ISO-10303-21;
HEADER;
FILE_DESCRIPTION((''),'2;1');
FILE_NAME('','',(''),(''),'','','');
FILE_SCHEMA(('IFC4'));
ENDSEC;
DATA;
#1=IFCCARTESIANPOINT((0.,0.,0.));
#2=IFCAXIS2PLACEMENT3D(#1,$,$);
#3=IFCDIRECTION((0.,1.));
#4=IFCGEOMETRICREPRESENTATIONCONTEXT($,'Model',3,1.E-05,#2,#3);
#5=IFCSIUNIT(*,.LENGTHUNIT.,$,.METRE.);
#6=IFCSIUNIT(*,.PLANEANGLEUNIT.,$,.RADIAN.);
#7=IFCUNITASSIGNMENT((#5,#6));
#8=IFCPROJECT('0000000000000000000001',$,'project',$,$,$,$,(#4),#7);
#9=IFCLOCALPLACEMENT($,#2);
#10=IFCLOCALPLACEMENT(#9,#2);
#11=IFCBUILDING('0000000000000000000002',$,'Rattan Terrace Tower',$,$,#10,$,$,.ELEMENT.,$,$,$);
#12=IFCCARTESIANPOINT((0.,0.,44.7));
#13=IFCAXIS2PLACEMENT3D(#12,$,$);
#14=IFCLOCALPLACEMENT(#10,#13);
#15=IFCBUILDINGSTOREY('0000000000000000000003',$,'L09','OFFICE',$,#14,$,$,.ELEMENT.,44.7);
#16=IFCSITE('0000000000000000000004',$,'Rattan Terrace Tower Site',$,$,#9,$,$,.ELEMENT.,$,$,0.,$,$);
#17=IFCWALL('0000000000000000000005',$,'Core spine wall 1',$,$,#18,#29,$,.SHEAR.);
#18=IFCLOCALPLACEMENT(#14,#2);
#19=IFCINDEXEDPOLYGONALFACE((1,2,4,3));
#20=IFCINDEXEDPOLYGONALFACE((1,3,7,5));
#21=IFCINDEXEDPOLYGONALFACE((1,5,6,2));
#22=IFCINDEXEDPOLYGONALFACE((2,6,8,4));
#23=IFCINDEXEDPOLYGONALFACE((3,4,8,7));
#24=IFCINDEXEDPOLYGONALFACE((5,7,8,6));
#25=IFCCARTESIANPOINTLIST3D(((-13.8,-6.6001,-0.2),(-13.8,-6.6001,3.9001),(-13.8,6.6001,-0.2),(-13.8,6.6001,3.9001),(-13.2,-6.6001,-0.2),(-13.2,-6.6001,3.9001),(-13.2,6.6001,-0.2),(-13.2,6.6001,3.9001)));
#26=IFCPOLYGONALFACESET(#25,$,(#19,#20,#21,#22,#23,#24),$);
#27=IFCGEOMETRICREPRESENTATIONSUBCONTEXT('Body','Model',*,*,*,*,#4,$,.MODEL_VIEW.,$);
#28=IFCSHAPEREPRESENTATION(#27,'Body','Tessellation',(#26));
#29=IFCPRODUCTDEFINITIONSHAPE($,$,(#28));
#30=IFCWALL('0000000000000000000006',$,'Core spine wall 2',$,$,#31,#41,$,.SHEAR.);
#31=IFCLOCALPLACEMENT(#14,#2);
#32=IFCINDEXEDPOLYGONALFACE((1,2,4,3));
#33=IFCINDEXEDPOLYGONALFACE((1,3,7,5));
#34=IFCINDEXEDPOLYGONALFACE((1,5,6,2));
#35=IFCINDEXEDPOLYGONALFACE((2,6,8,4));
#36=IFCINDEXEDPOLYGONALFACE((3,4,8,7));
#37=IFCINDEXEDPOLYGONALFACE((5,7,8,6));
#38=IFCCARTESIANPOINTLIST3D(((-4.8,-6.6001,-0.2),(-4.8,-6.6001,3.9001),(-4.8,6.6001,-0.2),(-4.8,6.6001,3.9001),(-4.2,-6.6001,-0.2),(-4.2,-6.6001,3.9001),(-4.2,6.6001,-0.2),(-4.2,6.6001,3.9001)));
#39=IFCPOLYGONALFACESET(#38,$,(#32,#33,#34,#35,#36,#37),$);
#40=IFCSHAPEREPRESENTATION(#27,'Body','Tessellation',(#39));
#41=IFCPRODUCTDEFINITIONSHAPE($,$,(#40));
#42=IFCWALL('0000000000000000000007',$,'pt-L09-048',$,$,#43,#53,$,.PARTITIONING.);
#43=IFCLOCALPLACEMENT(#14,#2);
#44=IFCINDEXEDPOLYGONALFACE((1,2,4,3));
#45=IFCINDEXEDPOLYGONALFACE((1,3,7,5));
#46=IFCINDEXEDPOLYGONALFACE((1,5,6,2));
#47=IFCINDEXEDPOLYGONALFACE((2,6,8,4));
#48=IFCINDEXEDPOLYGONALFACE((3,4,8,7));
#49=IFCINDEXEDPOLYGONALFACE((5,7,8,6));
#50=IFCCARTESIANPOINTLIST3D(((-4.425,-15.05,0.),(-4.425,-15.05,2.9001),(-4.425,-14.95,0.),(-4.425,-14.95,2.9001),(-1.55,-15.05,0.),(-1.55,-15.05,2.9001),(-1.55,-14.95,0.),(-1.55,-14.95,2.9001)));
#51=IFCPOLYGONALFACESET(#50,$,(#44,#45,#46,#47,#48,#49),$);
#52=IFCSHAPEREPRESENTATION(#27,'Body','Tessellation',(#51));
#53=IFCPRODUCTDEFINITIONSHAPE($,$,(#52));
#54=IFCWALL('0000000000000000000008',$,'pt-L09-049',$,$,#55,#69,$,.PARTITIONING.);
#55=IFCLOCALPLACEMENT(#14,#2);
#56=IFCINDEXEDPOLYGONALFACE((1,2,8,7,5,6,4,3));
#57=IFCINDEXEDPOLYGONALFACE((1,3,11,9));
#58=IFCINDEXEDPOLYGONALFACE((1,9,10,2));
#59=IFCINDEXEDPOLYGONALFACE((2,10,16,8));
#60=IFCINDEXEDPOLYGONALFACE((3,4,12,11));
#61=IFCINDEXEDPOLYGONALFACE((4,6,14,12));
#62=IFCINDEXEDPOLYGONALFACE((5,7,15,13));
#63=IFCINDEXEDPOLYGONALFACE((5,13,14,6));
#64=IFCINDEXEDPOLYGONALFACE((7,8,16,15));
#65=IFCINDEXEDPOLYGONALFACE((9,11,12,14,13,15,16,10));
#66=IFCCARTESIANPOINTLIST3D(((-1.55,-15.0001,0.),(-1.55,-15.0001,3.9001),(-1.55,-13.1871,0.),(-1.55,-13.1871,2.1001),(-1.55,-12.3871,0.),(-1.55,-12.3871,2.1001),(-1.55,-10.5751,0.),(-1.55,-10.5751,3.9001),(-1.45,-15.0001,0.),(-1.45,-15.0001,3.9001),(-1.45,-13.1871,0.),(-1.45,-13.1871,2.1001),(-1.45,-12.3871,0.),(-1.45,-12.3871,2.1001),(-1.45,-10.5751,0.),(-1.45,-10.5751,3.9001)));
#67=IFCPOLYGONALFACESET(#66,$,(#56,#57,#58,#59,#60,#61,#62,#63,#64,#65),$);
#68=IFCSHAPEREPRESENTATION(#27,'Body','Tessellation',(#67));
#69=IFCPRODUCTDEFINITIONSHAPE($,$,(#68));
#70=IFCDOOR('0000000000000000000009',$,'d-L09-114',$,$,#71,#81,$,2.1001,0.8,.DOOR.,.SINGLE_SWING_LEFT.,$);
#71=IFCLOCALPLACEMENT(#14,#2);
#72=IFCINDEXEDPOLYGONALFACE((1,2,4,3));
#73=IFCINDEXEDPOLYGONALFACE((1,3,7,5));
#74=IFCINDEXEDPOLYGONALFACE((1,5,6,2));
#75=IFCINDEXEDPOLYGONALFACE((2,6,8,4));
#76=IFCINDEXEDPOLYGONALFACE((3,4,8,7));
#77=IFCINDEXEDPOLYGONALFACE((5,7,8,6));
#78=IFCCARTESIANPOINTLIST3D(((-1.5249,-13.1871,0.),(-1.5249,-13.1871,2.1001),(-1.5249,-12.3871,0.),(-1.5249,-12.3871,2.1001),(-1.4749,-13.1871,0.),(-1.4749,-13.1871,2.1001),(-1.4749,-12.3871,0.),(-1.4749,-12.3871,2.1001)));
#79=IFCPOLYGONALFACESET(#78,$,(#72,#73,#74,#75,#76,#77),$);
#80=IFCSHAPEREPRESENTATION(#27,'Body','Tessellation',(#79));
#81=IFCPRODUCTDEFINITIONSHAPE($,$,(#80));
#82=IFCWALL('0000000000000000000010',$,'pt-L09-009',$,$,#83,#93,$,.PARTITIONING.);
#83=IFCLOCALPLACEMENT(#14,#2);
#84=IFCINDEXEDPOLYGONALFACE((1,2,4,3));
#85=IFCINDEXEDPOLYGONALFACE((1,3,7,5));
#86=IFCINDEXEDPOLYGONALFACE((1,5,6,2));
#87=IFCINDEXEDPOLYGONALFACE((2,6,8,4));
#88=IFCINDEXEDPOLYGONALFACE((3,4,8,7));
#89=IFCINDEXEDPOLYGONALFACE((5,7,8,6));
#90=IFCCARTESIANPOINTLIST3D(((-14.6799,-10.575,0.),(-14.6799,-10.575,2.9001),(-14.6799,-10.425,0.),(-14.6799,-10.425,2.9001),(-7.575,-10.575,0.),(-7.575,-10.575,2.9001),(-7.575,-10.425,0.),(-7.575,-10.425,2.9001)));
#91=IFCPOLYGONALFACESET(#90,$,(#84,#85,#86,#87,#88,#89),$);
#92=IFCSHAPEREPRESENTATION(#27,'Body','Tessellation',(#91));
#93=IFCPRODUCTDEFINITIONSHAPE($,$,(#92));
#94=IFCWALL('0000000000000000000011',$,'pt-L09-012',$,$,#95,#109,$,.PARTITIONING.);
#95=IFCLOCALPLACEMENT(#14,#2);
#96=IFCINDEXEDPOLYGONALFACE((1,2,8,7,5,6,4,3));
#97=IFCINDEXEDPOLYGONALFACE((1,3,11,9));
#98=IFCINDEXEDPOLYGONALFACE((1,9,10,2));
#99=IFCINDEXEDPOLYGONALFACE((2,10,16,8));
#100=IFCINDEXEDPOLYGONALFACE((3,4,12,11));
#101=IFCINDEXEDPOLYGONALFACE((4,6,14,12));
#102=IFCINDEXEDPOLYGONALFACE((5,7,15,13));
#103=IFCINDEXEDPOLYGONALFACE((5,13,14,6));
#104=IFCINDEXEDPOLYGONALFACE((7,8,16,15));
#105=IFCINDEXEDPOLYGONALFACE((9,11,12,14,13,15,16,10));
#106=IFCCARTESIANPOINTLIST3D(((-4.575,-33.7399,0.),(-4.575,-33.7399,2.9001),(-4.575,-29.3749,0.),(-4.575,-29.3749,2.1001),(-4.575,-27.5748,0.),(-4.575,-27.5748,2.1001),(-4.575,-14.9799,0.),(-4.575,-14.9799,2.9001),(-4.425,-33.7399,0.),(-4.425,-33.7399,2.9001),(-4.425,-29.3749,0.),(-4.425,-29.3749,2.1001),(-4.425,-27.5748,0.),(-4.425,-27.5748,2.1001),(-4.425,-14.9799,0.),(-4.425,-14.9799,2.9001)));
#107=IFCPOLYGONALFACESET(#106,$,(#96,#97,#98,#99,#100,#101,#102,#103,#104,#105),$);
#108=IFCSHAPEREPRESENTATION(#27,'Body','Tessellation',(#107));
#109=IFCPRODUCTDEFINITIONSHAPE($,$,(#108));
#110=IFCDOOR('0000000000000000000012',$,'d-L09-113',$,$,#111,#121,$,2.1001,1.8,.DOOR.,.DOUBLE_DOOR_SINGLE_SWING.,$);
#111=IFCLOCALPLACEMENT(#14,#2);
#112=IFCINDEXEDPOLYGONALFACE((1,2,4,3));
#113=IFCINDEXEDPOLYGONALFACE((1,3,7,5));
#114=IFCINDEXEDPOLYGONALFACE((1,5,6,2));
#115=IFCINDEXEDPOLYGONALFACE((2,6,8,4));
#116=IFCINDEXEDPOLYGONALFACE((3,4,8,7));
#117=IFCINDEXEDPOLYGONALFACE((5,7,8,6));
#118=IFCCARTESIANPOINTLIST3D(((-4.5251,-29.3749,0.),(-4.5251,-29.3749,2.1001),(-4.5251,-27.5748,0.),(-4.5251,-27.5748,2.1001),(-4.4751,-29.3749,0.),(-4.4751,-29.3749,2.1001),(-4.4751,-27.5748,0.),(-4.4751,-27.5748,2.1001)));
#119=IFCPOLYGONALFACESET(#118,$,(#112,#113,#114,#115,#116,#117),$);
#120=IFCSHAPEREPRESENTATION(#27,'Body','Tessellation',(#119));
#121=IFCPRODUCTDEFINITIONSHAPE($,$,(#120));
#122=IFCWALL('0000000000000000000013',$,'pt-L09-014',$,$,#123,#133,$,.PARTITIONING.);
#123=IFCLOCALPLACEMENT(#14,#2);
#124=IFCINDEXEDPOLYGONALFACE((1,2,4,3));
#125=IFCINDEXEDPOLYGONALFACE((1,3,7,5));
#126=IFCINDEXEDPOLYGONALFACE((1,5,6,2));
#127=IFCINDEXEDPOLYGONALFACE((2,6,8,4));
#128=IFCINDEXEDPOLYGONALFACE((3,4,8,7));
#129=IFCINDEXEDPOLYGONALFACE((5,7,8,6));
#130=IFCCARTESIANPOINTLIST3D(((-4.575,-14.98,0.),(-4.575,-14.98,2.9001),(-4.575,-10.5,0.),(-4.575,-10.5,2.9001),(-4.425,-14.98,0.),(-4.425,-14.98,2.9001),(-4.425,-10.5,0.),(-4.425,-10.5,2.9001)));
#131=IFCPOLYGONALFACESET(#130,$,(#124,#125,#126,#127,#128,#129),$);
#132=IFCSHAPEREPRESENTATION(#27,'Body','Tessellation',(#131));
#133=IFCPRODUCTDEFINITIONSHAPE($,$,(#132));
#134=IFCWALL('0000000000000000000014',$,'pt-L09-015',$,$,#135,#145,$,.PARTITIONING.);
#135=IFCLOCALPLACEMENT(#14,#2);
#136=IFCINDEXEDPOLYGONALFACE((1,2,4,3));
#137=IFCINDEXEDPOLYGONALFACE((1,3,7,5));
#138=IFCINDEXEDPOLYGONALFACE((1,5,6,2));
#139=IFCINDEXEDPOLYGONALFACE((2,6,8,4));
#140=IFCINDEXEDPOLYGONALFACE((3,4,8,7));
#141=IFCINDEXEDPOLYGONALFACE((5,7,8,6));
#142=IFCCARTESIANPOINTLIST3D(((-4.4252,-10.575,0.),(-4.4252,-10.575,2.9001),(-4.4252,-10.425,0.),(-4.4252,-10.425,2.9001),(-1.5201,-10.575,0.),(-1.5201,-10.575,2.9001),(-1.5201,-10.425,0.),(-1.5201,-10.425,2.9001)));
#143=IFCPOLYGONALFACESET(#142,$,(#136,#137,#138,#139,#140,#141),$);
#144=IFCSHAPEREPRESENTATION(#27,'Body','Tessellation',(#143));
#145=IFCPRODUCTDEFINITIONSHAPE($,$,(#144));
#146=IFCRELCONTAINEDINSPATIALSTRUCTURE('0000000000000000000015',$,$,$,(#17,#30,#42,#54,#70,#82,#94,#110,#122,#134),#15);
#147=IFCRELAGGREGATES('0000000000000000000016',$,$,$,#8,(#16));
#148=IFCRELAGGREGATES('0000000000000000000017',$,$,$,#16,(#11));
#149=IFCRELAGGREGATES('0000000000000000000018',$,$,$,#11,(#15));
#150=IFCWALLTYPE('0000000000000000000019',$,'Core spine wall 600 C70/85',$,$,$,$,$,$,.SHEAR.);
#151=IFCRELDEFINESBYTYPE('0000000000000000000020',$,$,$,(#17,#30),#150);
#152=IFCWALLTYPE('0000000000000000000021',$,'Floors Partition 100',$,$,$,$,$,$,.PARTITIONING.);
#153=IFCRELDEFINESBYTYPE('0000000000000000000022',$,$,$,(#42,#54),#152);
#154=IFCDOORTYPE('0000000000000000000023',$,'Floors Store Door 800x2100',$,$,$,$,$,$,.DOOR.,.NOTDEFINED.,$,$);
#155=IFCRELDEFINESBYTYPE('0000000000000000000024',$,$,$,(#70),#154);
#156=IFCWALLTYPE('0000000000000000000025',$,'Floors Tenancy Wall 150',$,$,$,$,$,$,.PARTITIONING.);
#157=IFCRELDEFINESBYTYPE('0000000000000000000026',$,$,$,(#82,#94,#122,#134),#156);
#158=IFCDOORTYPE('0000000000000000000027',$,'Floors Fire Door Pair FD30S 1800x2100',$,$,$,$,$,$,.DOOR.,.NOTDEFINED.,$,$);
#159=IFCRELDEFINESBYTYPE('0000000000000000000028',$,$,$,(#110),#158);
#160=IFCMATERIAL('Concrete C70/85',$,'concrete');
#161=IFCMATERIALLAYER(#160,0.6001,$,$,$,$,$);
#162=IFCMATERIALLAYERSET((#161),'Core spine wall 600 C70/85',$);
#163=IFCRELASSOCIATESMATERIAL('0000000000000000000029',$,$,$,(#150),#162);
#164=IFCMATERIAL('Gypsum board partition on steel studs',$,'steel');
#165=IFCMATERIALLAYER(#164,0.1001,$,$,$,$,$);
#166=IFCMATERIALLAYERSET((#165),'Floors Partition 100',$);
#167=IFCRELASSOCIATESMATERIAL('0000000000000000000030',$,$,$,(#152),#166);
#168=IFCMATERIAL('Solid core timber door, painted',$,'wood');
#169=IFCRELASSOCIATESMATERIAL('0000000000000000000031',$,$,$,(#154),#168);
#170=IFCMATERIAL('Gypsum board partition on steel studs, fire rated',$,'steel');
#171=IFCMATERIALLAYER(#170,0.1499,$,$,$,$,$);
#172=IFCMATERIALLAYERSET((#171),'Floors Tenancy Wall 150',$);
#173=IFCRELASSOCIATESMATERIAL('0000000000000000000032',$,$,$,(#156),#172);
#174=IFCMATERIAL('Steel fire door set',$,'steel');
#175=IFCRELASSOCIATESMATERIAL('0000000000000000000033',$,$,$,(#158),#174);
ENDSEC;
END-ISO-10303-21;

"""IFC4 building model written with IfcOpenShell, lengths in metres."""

from ifc_helpers import new_model, si_unit, direction, frame, frame_2d, origin, place, context, subcontext, project, spatial, rectangle, extrude, material, layer, layer_set, type_object, element, fill, save


model = new_model("IFC4")

# Units and contexts
model_context = context("Model", 3, precision=1e-05, world=origin(), true_north=direction((0.0, 1.0)))
body_context = subcontext(model_context, "Body", "Model", "MODEL_VIEW")
ifc_project = project(units=[si_unit("LENGTHUNIT", "METRE"), si_unit("PLANEANGLEUNIT", "RADIAN")], contexts=[model_context])

# Site, building, storey
site_placement = place(None, origin())
site = spatial("IfcSite", under=ifc_project, at=site_placement, Name="Rattan Terrace Tower Site", CompositionType="ELEMENT", RefElevation=0.0)
building_placement = place(site_placement, origin())
building = spatial("IfcBuilding", under=site, at=building_placement, Name="Rattan Terrace Tower", CompositionType="ELEMENT")
storey_placement = place(building_placement, frame((0.0, 0.0, 44.7)))
storey = spatial("IfcBuildingStorey", under=building, at=storey_placement, Name="L09", Description="OFFICE", CompositionType="ELEMENT", Elevation=44.7)

# Walls
ifc_material_1 = material(Name="Concrete C70/85", Category="concrete")
ifc_layer_1 = layer(ifc_material_1, 0.6001)
ifc_layer_set_1 = layer_set([ifc_layer_1], Name="Core spine wall 600 C70/85")
wall_type_1 = type_object("IfcWallType", Name="Core spine wall 600 C70/85", PredefinedType="SHEAR", material=ifc_layer_set_1)
for number, where, z_axis, x_axis, name in (
    (1, (-13.5, -6.6001, -0.2), (0.0, 0.0, 1.0), (0.0, 1.0, 0.0), "Core spine wall 1"),
    (2, (-4.5, -6.6001, -0.2), (0.0, 0.0, 1.0), (0.0, 1.0, 0.0), "Core spine wall 2"),
):
    element("IfcWall", number, at=place(storey_placement, frame(where, z_axis=z_axis, x_axis=x_axis)), inside=storey, type_object=wall_type_1, Name=name, PredefinedType="SHEAR", context=body_context, shape_type="SweptSolid", body=[
        extrude(rectangle(XDim=13.2002, YDim=0.6001, at=frame_2d((6.6001, 0.0))), origin(), (0.0, 0.0, 1.0), 4.1001),
    ])
ifc_material_2 = material(Name="Gypsum board partition on steel studs", Category="steel")
ifc_layer_2 = layer(ifc_material_2, 0.1001)
ifc_layer_set_2 = layer_set([ifc_layer_2], Name="Floors Partition 100")
wall_type_2 = type_object("IfcWallType", Name="Floors Partition 100", PredefinedType="PARTITIONING", material=ifc_layer_set_2)
wall_1_placement = place(storey_placement, frame((-4.425, -15.0, 0.0), z_axis=(0.0, 0.0, 1.0), x_axis=(1.0, 0.0, 0.0)))
element("IfcWall", 3, at=wall_1_placement, inside=storey, type_object=wall_type_2, Name="pt-L09-048", PredefinedType="PARTITIONING", context=body_context, shape_type="SweptSolid", body=[
    extrude(rectangle(XDim=2.875, YDim=0.1001, at=frame_2d((1.4375, 0.0))), origin(), (0.0, 0.0, 1.0), 2.9001),
])

# Wall, opening, door
wall_2_placement = place(storey_placement, frame((-1.5, -15.0, 0.0), z_axis=(0.0, 0.0, 1.0), x_axis=(0.0, 1.0, 0.0)))
wall_2 = element("IfcWall", 4, at=wall_2_placement, inside=storey, type_object=wall_type_2, Name="pt-L09-049", PredefinedType="PARTITIONING", context=body_context, shape_type="SweptSolid", body=[
    extrude(rectangle(XDim=4.425, YDim=0.1001, at=frame_2d((2.2124, 0.0))), origin(), (0.0, 0.0, 1.0), 3.9001),
])
opening_1_placement = place(wall_2_placement, frame((1.813, 0.0, 0.0)))
opening_1 = element("IfcOpeningElement", 5, at=opening_1_placement, cuts=wall_2, PredefinedType="OPENING", context=body_context, shape_type="SweptSolid", body=[
    extrude(rectangle(XDim=0.8, YDim=2.1001, at=frame_2d((0.3999, 1.05))), frame((0.0, 0.0605, 0.0), z_axis=(0.0, -1.0, 0.0), x_axis=(1.0, 0.0, 0.0)), (0.0, 0.0, 1.0), 0.1211),
])
ifc_material_3 = material(Name="Solid core timber door, painted", Category="wood")
door_type_1 = type_object("IfcDoorType", Name="Floors Store Door 800x2100", OperationType="NOTDEFINED", PredefinedType="DOOR", material=ifc_material_3)
door_1_placement = place(opening_1_placement, origin())
door_1 = element("IfcDoor", 6, at=door_1_placement, inside=storey, type_object=door_type_1, Name="d-L09-114", OperationType="SINGLE_SWING_LEFT", OverallHeight=2.1001, OverallWidth=0.8, PredefinedType="DOOR", context=body_context, shape_type="SweptSolid", body=[
    extrude(rectangle(XDim=0.8, YDim=2.1001, at=frame_2d((0.3999, 1.05))), frame((0.0, 0.0249, 0.0), z_axis=(0.0, -1.0, 0.0), x_axis=(1.0, 0.0, 0.0)), (0.0, 0.0, 1.0), 0.05),
])
fill(opening_1, door_1)

# Wall
ifc_material_4 = material(Name="Gypsum board partition on steel studs, fire rated", Category="steel")
ifc_layer_3 = layer(ifc_material_4, 0.1499)
ifc_layer_set_3 = layer_set([ifc_layer_3], Name="Floors Tenancy Wall 150")
wall_type_3 = type_object("IfcWallType", Name="Floors Tenancy Wall 150", PredefinedType="PARTITIONING", material=ifc_layer_set_3)
wall_3_placement = place(storey_placement, frame((-7.575, -10.5, 0.0), z_axis=(0.0, 0.0, 1.0), x_axis=(-1.0, 0.0, 0.0)))
element("IfcWall", 7, at=wall_3_placement, inside=storey, type_object=wall_type_3, Name="pt-L09-009", PredefinedType="PARTITIONING", context=body_context, shape_type="SweptSolid", body=[
    extrude(rectangle(XDim=7.105, YDim=0.1499, at=frame_2d((3.5525, 0.0))), origin(), (0.0, 0.0, 1.0), 2.9001),
])

# Wall, opening, door
wall_4_placement = place(storey_placement, frame((-4.5, -14.98, 0.0), z_axis=(0.0, 0.0, 1.0), x_axis=(0.0, -1.0, 0.0)))
wall_4 = element("IfcWall", 8, at=wall_4_placement, inside=storey, type_object=wall_type_3, Name="pt-L09-012", PredefinedType="PARTITIONING", context=body_context, shape_type="SweptSolid", body=[
    extrude(rectangle(XDim=18.76, YDim=0.1499, at=frame_2d((9.3799, 0.0))), origin(), (0.0, 0.0, 1.0), 2.9001),
])
opening_2_placement = place(wall_4_placement, frame((12.595, 0.0, 0.0)))
opening_2 = element("IfcOpeningElement", 9, at=opening_2_placement, cuts=wall_4, PredefinedType="OPENING", context=body_context, shape_type="SweptSolid", body=[
    extrude(rectangle(XDim=1.8, YDim=2.1001, at=frame_2d((0.8999, 1.05))), frame((0.0, 0.0854, 0.0), z_axis=(0.0, -1.0, 0.0), x_axis=(1.0, 0.0, 0.0)), (0.0, 0.0, 1.0), 0.1709),
])
ifc_material_5 = material(Name="Steel fire door set", Category="steel")
door_type_2 = type_object("IfcDoorType", Name="Floors Fire Door Pair FD30S 1800x2100", OperationType="NOTDEFINED", PredefinedType="DOOR", material=ifc_material_5)
door_2_placement = place(opening_2_placement, origin())
door_2 = element("IfcDoor", 10, at=door_2_placement, inside=storey, type_object=door_type_2, Name="d-L09-113", OperationType="DOUBLE_DOOR_SINGLE_SWING", OverallHeight=2.1001, OverallWidth=1.8, PredefinedType="DOOR", context=body_context, shape_type="SweptSolid", body=[
    extrude(rectangle(XDim=1.8, YDim=2.1001, at=frame_2d((0.8999, 1.05))), frame((0.0, 0.0249, 0.0), z_axis=(0.0, -1.0, 0.0), x_axis=(1.0, 0.0, 0.0)), (0.0, 0.0, 1.0), 0.05),
])
fill(opening_2, door_2)

# Walls
wall_5_placement = place(storey_placement, frame((-4.5, -10.5, 0.0), z_axis=(0.0, 0.0, 1.0), x_axis=(0.0, -1.0, 0.0)))
element("IfcWall", 11, at=wall_5_placement, inside=storey, type_object=wall_type_3, Name="pt-L09-014", PredefinedType="PARTITIONING", context=body_context, shape_type="SweptSolid", body=[
    extrude(rectangle(XDim=4.48, YDim=0.1499, at=frame_2d((2.24, 0.0))), origin(), (0.0, 0.0, 1.0), 2.9001),
])
wall_6_placement = place(storey_placement, frame((-1.52, -10.5, 0.0), z_axis=(0.0, 0.0, 1.0), x_axis=(-1.0, 0.0, 0.0)))
element("IfcWall", 12, at=wall_6_placement, inside=storey, type_object=wall_type_3, Name="pt-L09-015", PredefinedType="PARTITIONING", context=body_context, shape_type="SweptSolid", body=[
    extrude(rectangle(XDim=2.905, YDim=0.1499, at=frame_2d((1.4526, 0.0))), origin(), (0.0, 0.0, 1.0), 2.9001),
])

save(model, "model.ifc")
